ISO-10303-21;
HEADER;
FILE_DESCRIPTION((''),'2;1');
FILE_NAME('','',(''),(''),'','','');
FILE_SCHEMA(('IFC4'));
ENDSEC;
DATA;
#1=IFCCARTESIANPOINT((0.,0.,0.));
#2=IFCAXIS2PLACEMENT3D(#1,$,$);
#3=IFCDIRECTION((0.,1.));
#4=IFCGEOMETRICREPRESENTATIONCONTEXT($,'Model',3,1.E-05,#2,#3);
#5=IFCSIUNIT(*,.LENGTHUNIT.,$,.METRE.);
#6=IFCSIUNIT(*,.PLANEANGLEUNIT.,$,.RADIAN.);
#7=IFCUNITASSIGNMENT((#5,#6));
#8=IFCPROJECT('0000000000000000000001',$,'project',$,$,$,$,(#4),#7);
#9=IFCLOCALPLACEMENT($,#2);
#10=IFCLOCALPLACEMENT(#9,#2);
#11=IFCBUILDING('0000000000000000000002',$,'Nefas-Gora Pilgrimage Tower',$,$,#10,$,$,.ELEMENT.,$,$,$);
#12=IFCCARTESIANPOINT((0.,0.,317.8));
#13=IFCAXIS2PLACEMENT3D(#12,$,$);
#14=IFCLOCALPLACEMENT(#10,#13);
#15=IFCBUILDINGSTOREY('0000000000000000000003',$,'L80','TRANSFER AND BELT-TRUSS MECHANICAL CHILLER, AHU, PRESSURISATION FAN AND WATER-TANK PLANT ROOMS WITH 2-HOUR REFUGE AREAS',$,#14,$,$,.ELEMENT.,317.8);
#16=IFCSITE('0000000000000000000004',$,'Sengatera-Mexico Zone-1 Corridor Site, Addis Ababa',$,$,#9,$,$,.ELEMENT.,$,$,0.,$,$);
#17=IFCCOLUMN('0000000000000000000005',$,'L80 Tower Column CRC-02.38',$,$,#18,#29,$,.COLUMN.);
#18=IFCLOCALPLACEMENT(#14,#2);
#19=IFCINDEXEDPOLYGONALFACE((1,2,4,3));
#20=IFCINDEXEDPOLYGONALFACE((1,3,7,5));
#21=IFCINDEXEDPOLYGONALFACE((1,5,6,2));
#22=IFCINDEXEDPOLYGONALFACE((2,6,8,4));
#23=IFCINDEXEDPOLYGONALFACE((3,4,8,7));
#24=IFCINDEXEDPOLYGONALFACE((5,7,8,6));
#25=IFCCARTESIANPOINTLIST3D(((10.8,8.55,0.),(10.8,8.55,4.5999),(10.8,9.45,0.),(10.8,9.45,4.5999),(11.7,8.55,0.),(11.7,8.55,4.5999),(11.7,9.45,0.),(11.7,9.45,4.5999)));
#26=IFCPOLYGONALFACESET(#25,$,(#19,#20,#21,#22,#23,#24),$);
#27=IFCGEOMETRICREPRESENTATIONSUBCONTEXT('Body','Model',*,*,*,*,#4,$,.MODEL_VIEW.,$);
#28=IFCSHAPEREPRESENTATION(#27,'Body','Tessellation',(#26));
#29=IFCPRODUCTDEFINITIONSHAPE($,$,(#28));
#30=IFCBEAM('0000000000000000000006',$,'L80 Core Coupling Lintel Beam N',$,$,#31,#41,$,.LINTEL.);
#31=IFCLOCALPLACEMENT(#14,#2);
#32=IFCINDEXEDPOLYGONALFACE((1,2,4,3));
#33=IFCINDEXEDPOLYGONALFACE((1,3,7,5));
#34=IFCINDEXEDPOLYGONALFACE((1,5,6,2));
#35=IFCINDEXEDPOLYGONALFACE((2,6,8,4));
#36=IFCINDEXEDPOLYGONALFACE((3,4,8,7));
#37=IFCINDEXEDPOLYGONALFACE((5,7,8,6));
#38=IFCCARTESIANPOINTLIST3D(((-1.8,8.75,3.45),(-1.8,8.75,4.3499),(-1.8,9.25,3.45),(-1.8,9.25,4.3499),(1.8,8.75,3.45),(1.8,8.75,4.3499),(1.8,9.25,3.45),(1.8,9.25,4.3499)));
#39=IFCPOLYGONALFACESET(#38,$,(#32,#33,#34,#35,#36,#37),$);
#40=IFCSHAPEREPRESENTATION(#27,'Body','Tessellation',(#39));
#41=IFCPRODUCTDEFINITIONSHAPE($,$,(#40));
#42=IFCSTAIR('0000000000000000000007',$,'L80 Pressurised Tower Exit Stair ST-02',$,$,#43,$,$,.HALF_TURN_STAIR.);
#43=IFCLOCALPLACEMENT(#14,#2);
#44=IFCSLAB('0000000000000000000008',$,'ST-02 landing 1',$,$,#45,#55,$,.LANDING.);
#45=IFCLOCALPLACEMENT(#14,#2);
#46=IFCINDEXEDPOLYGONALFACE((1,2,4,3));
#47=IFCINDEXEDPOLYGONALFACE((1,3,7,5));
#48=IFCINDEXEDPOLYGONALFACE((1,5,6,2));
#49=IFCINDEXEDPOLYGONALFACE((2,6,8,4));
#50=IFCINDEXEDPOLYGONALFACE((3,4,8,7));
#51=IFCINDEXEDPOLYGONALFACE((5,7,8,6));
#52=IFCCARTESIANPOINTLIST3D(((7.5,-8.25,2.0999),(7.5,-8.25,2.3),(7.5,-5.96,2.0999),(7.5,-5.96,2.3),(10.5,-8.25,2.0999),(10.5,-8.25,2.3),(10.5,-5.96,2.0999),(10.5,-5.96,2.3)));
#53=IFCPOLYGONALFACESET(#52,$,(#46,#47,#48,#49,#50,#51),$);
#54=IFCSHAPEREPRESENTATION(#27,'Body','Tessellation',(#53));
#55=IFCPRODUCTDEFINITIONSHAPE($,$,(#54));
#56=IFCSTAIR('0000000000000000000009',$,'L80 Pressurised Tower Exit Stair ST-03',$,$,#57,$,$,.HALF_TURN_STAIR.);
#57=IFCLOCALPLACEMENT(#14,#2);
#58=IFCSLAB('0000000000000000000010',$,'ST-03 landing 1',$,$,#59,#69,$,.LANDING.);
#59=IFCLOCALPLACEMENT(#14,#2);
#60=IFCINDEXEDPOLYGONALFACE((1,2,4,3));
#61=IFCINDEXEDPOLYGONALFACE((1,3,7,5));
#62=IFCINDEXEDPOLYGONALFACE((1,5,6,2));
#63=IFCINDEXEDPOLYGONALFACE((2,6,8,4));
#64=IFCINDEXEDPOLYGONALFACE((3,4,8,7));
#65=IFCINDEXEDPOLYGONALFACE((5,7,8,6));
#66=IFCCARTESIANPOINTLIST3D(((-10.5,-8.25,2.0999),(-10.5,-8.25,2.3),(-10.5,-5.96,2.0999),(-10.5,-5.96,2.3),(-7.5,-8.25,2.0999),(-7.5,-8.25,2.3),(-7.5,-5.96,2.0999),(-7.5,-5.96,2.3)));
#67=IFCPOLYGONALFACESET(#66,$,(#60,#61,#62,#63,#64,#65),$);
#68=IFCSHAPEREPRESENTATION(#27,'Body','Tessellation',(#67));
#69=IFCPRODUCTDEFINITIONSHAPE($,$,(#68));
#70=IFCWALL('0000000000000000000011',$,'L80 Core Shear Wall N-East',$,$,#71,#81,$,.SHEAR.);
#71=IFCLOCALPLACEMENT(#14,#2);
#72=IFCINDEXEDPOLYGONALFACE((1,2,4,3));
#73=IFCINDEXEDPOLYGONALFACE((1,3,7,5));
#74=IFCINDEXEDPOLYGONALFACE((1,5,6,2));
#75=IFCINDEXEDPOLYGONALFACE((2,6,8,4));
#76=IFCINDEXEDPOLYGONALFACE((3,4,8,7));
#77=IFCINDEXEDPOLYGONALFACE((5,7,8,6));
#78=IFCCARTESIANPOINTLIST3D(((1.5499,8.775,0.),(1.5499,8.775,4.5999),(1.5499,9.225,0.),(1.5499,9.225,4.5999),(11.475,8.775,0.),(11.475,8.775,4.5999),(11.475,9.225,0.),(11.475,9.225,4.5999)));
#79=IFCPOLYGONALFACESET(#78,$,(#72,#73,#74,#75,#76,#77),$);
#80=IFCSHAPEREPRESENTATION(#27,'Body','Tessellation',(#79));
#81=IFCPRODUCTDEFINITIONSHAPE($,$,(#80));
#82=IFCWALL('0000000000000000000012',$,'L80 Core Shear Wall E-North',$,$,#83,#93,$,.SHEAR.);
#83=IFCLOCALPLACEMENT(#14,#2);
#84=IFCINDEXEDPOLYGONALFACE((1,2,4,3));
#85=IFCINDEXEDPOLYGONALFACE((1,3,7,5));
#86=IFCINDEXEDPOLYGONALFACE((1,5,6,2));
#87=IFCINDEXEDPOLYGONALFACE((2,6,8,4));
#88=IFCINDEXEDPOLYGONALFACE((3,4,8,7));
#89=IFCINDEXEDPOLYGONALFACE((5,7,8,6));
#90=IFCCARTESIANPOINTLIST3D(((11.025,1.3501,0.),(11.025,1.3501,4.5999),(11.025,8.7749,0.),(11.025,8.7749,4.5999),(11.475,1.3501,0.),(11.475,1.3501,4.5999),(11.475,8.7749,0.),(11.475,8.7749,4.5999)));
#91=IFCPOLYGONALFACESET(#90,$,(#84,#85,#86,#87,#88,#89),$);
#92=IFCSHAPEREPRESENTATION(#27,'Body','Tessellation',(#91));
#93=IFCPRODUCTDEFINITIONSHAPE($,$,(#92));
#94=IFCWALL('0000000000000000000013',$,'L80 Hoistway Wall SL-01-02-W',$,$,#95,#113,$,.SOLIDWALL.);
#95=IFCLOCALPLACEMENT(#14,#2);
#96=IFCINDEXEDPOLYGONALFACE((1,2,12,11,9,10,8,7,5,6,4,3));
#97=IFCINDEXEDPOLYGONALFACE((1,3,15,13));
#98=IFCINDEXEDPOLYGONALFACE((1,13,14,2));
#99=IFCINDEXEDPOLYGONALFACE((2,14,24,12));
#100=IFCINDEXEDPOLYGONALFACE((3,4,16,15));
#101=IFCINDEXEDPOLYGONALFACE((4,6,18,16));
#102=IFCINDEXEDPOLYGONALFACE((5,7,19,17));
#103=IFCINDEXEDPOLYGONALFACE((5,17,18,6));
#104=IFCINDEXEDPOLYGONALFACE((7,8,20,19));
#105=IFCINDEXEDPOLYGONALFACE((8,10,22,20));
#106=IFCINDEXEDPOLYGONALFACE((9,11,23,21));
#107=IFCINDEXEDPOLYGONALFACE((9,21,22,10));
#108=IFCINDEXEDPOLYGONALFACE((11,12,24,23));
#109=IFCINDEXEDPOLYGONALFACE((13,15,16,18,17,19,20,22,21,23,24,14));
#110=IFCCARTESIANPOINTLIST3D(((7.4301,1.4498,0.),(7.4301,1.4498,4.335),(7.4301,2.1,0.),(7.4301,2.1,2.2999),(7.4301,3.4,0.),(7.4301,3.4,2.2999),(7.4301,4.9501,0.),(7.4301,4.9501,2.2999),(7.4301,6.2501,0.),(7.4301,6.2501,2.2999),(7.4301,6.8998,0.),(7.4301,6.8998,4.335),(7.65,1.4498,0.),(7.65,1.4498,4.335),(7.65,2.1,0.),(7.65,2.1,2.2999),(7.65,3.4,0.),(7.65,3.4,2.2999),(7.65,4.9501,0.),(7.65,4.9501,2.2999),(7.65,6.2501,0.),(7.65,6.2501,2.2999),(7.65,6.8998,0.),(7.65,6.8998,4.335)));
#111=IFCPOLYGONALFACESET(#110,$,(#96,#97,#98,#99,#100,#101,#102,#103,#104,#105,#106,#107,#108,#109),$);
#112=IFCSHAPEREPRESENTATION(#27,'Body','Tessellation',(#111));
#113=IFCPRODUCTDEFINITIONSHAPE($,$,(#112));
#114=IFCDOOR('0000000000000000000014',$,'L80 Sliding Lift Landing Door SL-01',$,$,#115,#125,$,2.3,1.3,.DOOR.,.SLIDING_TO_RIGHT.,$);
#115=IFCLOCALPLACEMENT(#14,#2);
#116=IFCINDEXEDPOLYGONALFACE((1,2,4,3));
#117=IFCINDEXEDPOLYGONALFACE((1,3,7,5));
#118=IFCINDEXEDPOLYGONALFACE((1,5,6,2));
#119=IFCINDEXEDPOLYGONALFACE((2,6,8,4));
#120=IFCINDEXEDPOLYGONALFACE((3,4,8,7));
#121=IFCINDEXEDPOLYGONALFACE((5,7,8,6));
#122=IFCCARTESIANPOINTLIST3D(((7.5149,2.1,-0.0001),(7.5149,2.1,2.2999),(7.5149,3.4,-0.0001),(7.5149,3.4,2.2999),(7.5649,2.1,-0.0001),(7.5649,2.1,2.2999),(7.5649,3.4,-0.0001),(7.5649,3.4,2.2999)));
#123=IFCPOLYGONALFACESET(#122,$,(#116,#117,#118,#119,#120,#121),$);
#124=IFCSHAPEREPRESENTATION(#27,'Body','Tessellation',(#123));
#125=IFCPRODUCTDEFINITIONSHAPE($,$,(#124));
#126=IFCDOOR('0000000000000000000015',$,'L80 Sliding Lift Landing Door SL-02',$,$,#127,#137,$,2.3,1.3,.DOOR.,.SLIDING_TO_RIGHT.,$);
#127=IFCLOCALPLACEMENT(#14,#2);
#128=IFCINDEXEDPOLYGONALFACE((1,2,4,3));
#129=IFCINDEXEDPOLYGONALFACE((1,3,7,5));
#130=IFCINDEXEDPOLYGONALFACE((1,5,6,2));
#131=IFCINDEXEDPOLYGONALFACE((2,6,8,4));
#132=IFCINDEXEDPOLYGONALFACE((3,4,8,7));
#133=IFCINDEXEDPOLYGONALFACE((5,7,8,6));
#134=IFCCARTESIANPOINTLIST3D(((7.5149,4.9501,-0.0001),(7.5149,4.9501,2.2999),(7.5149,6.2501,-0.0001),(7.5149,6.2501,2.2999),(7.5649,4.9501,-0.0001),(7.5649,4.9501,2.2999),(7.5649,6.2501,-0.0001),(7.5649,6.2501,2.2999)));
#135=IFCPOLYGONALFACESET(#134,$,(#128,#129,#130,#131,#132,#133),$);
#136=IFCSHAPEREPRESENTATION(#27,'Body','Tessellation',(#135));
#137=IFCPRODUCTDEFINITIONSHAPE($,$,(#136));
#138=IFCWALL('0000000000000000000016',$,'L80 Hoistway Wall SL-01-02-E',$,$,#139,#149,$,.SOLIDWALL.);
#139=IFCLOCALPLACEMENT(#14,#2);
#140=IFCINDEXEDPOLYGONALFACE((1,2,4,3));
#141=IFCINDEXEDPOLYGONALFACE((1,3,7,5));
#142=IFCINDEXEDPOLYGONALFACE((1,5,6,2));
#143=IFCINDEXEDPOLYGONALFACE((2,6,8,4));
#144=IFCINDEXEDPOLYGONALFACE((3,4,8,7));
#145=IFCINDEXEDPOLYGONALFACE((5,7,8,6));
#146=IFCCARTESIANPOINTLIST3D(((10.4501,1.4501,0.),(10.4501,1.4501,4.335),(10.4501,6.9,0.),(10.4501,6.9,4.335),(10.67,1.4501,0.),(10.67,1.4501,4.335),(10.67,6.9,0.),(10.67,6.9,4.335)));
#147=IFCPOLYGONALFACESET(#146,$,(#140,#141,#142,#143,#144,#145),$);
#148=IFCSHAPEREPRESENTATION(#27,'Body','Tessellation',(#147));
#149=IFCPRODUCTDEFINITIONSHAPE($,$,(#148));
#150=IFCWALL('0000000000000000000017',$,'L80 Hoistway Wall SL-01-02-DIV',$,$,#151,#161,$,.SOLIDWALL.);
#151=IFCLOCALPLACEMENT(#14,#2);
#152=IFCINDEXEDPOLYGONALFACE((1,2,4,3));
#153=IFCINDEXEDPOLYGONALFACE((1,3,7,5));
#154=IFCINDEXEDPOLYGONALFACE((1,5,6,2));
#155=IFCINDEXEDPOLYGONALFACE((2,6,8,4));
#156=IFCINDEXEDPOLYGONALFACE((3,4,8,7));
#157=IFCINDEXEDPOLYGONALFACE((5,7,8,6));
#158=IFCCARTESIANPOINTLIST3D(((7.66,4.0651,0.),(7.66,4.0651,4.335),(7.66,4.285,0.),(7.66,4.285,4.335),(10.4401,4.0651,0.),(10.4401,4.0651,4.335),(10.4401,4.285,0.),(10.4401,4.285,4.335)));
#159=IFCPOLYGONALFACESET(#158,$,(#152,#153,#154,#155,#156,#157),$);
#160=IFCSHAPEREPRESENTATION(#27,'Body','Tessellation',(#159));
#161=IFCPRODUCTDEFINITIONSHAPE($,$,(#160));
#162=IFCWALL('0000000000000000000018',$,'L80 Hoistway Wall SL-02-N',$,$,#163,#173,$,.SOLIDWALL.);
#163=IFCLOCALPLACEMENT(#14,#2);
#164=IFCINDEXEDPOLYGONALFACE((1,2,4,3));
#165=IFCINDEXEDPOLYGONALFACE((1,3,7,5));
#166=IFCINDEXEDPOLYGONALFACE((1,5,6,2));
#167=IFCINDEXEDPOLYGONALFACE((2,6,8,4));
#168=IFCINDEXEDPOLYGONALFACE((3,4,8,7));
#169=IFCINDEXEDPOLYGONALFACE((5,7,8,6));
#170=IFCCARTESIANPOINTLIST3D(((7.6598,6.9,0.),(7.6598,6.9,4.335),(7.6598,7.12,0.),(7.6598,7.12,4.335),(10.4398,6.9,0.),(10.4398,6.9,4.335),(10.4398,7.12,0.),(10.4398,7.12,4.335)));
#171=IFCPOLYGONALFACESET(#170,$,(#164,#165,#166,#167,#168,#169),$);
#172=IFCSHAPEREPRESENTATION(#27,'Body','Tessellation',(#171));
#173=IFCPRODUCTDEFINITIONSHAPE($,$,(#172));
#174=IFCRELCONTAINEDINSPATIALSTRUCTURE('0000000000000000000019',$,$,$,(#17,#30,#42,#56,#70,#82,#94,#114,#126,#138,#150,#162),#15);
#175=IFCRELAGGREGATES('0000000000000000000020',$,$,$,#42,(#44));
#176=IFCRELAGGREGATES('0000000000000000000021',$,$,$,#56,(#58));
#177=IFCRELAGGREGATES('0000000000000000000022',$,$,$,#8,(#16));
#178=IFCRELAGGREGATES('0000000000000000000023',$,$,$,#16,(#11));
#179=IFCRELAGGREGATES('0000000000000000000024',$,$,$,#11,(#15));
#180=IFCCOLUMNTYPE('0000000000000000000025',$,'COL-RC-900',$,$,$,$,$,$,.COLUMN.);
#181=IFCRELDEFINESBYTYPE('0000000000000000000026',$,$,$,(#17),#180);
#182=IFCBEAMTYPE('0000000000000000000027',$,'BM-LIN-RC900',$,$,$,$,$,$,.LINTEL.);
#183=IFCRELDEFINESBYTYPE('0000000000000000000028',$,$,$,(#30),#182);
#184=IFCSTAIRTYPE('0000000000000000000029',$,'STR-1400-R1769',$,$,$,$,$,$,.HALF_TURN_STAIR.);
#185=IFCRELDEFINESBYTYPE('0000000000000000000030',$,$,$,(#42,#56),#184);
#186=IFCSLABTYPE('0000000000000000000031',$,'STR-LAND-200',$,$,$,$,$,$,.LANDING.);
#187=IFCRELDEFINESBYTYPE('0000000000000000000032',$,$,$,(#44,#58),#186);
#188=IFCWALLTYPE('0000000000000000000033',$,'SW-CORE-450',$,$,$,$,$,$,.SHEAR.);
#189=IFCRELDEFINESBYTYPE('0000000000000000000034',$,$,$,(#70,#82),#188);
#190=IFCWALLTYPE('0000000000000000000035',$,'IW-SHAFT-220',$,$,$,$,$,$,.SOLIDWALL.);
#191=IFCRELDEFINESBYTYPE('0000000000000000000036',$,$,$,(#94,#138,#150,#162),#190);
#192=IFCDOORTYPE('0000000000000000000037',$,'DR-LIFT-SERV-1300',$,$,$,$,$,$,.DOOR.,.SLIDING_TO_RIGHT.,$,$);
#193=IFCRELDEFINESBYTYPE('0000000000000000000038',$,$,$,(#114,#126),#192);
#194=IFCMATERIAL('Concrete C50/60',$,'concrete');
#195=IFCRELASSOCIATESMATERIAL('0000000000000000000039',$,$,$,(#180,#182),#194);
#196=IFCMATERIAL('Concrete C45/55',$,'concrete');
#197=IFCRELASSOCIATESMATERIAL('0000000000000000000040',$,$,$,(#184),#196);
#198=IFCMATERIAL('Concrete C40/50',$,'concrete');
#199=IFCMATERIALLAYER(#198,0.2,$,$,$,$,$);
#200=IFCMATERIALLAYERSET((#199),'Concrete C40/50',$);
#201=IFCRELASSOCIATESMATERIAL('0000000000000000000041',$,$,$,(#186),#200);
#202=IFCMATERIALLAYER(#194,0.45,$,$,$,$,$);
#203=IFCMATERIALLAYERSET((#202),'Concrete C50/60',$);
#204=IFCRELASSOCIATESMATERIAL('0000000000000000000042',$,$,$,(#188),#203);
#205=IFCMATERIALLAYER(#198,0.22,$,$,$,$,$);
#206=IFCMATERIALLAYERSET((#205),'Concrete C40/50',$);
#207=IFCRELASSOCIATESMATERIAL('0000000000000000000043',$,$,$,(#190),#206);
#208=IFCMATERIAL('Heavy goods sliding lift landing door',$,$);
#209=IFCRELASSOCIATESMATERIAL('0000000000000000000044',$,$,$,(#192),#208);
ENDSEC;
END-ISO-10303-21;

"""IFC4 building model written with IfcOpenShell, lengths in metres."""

from ifc_helpers import new_model, si_unit, direction, frame, frame_2d, origin, origin_2d, place, context, subcontext, project, spatial, polyline, rectangle, outline, extrude, source, transform, mapped, material, layer, layer_set, material_profile, profile_set, type_object, element, fill, aggregate, save


model = new_model("IFC4")

# Units and contexts
model_context = context("Model", 3, precision=1e-05, world=origin(), true_north=direction((0.0, 1.0)))
body_context = subcontext(model_context, "Body", "Model", "MODEL_VIEW")
ifc_project = project(units=[si_unit("LENGTHUNIT", "METRE"), si_unit("PLANEANGLEUNIT", "RADIAN")], contexts=[model_context])

# Site, building, storey
site_placement = place(None, origin())
site = spatial("IfcSite", under=ifc_project, at=site_placement, Name="Sengatera-Mexico Zone-1 Corridor Site, Addis Ababa", CompositionType="ELEMENT", RefElevation=0.0)
building_placement = place(site_placement, origin())
building = spatial("IfcBuilding", under=site, at=building_placement, Name="Nefas-Gora Pilgrimage Tower", CompositionType="ELEMENT")
storey_placement = place(building_placement, frame((0.0, 0.0, 317.8)))
storey = spatial("IfcBuildingStorey", under=building, at=storey_placement, Name="L80", Description="TRANSFER AND BELT-TRUSS MECHANICAL CHILLER, AHU, PRESSURISATION FAN AND WATER-TANK PLANT ROOMS WITH 2-HOUR REFUGE AREAS", CompositionType="ELEMENT", Elevation=317.8)

# Column
ifc_material_1 = material(Name="Concrete C50/60", Category="concrete")
ifc_material_profile_1 = material_profile(ifc_material_1, rectangle(XDim=0.8999, YDim=0.8999, at=origin_2d()), Name="RC 900x900")
ifc_profile_set_1 = profile_set([ifc_material_profile_1], Name="Concrete C50/60")
column_type = type_object("IfcColumnType", Name="COL-RC-900", PredefinedType="COLUMN", material=ifc_profile_set_1)
shared_shape_1 = source(origin(), body_context, "Body", "SweptSolid", [
    extrude(rectangle(XDim=0.8999, YDim=0.8999, at=origin_2d()), origin(), (0.0, 0.0, 1.0), 4.5999),
])
column_placement = place(storey_placement, frame((11.25, 9.0, 0.0), z_axis=(0.0, 0.0, 1.0), x_axis=(1.0, 0.0, 0.0)))
element("IfcColumn", 1, at=column_placement, inside=storey, type_object=column_type, Name="L80 Tower Column CRC-02.38", PredefinedType="COLUMN", context=body_context, shape_type="MappedRepresentation", body=[
    mapped(shared_shape_1, transform((0.0, 0.0, 0.0), x_axis=(1.0, 0.0, 0.0), y_axis=(0.0, 1.0, 0.0), z_axis=(0.0, 0.0, 1.0), scale=1.0)),
])

# Beam
ifc_material_profile_2 = material_profile(ifc_material_1, rectangle(XDim=0.5, YDim=0.8999, at=origin_2d()), Name="RC 500x900")
ifc_profile_set_2 = profile_set([ifc_material_profile_2], Name="Concrete C50/60")
beam_type = type_object("IfcBeamType", Name="BM-LIN-RC900", PredefinedType="LINTEL", material=ifc_profile_set_2)
shared_shape_2 = source(origin(), body_context, "Body", "SweptSolid", [
    extrude(rectangle(XDim=0.5, YDim=0.8999, at=origin_2d()), origin(), (0.0, 0.0, 1.0), 3.6001),
])
beam_placement = place(storey_placement, frame((-1.8, 9.0, 3.8999), z_axis=(1.0, 0.0, 0.0), x_axis=(0.0, 1.0, 0.0)))
element("IfcBeam", 2, at=beam_placement, inside=storey, type_object=beam_type, Name="L80 Core Coupling Lintel Beam N", PredefinedType="LINTEL", context=body_context, shape_type="MappedRepresentation", body=[
    mapped(shared_shape_2, transform((0.0, 0.0, 0.0), x_axis=(1.0, 0.0, 0.0), y_axis=(0.0, 1.0, 0.0), z_axis=(0.0, 0.0, 1.0), scale=1.0)),
])

# Stairs, slabs
ifc_material_2 = material(Name="Concrete C45/55", Category="concrete")
stair_type = type_object("IfcStairType", Name="STR-1400-R1769", PredefinedType="HALF_TURN_STAIR", material=ifc_material_2)
stair_1_placement = place(storey_placement, origin())
stair_1 = element("IfcStair", 3, at=stair_1_placement, inside=storey, type_object=stair_type, Name="L80 Pressurised Tower Exit Stair ST-02", PredefinedType="HALF_TURN_STAIR")
ifc_material_3 = material(Name="Concrete C40/50", Category="concrete")
ifc_layer_1 = layer(ifc_material_3, 0.2)
ifc_layer_set_1 = layer_set([ifc_layer_1], Name="Concrete C40/50")
slab_type = type_object("IfcSlabType", Name="STR-LAND-200", PredefinedType="LANDING", material=ifc_layer_set_1)
slab_1_placement = place(storey_placement, frame((0.0, 0.0, 2.0999)))
slab_1 = element("IfcSlab", 4, at=slab_1_placement, type_object=slab_type, Name="ST-02 landing 1", PredefinedType="LANDING", context=body_context, shape_type="SweptSolid", body=[
    extrude(outline(polyline([(7.5, -5.96), (7.5, -8.25), (10.5, -8.25), (10.5, -5.96), (7.5, -5.96)])), origin(), (0.0, 0.0, 1.0), 0.2002),
])
aggregate(stair_1, [slab_1])
stair_2_placement = place(storey_placement, origin())
stair_2 = element("IfcStair", 5, at=stair_2_placement, inside=storey, type_object=stair_type, Name="L80 Pressurised Tower Exit Stair ST-03", PredefinedType="HALF_TURN_STAIR")
slab_2_placement = place(storey_placement, frame((0.0, 0.0, 2.0999)))
slab_2 = element("IfcSlab", 6, at=slab_2_placement, type_object=slab_type, Name="ST-03 landing 1", PredefinedType="LANDING", context=body_context, shape_type="SweptSolid", body=[
    extrude(outline(polyline([(-10.5, -5.96), (-10.5, -8.25), (-7.5, -8.25), (-7.5, -5.96), (-10.5, -5.96)])), origin(), (0.0, 0.0, 1.0), 0.2002),
])
aggregate(stair_2, [slab_2])

# Walls
ifc_layer_2 = layer(ifc_material_1, 0.45)
ifc_layer_set_2 = layer_set([ifc_layer_2], Name="Concrete C50/60")
wall_type_1 = type_object("IfcWallType", Name="SW-CORE-450", PredefinedType="SHEAR", material=ifc_layer_set_2)
shared_shape_3 = source(origin(), body_context, "Body", "SweptSolid", [
    extrude(rectangle(XDim=9.925, YDim=0.45, at=frame_2d((4.9624, 0.0))), origin(), (0.0, 0.0, 1.0), 4.5999),
])
wall_1_placement = place(storey_placement, frame((1.55, 9.0, 0.0), z_axis=(0.0, 0.0, 1.0), x_axis=(1.0, 0.0, 0.0)))
element("IfcWall", 7, at=wall_1_placement, inside=storey, type_object=wall_type_1, Name="L80 Core Shear Wall N-East", PredefinedType="SHEAR", context=body_context, shape_type="MappedRepresentation", body=[
    mapped(shared_shape_3, transform((0.0, 0.0, 0.0), x_axis=(1.0, 0.0, 0.0), y_axis=(0.0, 1.0, 0.0), z_axis=(0.0, 0.0, 1.0), scale=1.0)),
])
shared_shape_4 = source(origin(), body_context, "Body", "SweptSolid", [
    extrude(rectangle(XDim=7.4248, YDim=0.45, at=frame_2d((3.7124, 0.0))), origin(), (0.0, 0.0, 1.0), 4.5999),
])
wall_2_placement = place(storey_placement, frame((11.25, 1.3501, 0.0), z_axis=(0.0, 0.0, 1.0), x_axis=(0.0, 1.0, 0.0)))
element("IfcWall", 8, at=wall_2_placement, inside=storey, type_object=wall_type_1, Name="L80 Core Shear Wall E-North", PredefinedType="SHEAR", context=body_context, shape_type="MappedRepresentation", body=[
    mapped(shared_shape_4, transform((0.0, 0.0, 0.0), x_axis=(1.0, 0.0, 0.0), y_axis=(0.0, 1.0, 0.0), z_axis=(0.0, 0.0, 1.0), scale=1.0)),
])

# Wall, openings, doors
ifc_layer_3 = layer(ifc_material_3, 0.22)
ifc_layer_set_3 = layer_set([ifc_layer_3], Name="Concrete C40/50")
wall_type_2 = type_object("IfcWallType", Name="IW-SHAFT-220", PredefinedType="SOLIDWALL", material=ifc_layer_set_3)
shared_shape_5 = source(origin(), body_context, "Body", "SweptSolid", [
    extrude(rectangle(XDim=5.45, YDim=0.22, at=frame_2d((2.7251, 0.0))), origin(), (0.0, 0.0, 1.0), 4.335),
])
wall_3_placement = place(storey_placement, frame((7.54, 6.8999, 0.0), z_axis=(0.0, 0.0, 1.0), x_axis=(0.0, -1.0, 0.0)))
wall_3 = element("IfcWall", 9, at=wall_3_placement, inside=storey, type_object=wall_type_2, Name="L80 Hoistway Wall SL-01-02-W", PredefinedType="SOLIDWALL", context=body_context, shape_type="MappedRepresentation", body=[
    mapped(shared_shape_5, transform((0.0, 0.0, 0.0), x_axis=(1.0, 0.0, 0.0), y_axis=(0.0, 1.0, 0.0), z_axis=(0.0, 0.0, 1.0), scale=1.0)),
])
opening_1_placement = place(wall_3_placement, frame((3.5, 0.0, 0.0)))
opening_1 = element("IfcOpeningElement", 10, at=opening_1_placement, cuts=wall_3, PredefinedType="OPENING", context=body_context, shape_type="SweptSolid", body=[
    extrude(rectangle(XDim=1.3, YDim=2.3, at=frame_2d((0.6499, 1.1499))), frame((0.0, 0.1199, 0.0), z_axis=(0.0, -1.0, 0.0), x_axis=(1.0, 0.0, 0.0)), (0.0, 0.0, 1.0), 0.24),
])
opening_2_placement = place(wall_3_placement, frame((0.6499, 0.0, 0.0)))
opening_2 = element("IfcOpeningElement", 11, at=opening_2_placement, cuts=wall_3, PredefinedType="OPENING", context=body_context, shape_type="SweptSolid", body=[
    extrude(rectangle(XDim=1.3, YDim=2.3, at=frame_2d((0.6499, 1.1499))), frame((0.0, 0.1199, 0.0), z_axis=(0.0, -1.0, 0.0), x_axis=(1.0, 0.0, 0.0)), (0.0, 0.0, 1.0), 0.24),
])
ifc_material_4 = material(Name="Heavy goods sliding lift landing door")
door_type_1 = type_object("IfcDoorType", Name="DR-LIFT-SERV-1300", OperationType="SLIDING_TO_RIGHT", PredefinedType="DOOR", material=ifc_material_4)
shared_shape_6 = source(origin(), body_context, "Body", "SweptSolid", [
    extrude(rectangle(XDim=1.3, YDim=2.3, at=frame_2d((0.6499, 1.1499))), frame((0.0, 0.0249, 0.0), z_axis=(0.0, -1.0, 0.0), x_axis=(1.0, 0.0, 0.0)), (0.0, 0.0, 1.0), 0.05),
])
door_1_placement = place(opening_1_placement, origin())
door_1 = element("IfcDoor", 12, at=door_1_placement, inside=storey, type_object=door_type_1, Name="L80 Sliding Lift Landing Door SL-01", OperationType="SLIDING_TO_RIGHT", OverallHeight=2.3, OverallWidth=1.3, PredefinedType="DOOR", context=body_context, shape_type="MappedRepresentation", body=[
    mapped(shared_shape_6, transform((0.0, 0.0, 0.0), x_axis=(1.0, 0.0, 0.0), y_axis=(0.0, 1.0, 0.0), z_axis=(0.0, 0.0, 1.0), scale=1.0)),
])
fill(opening_1, door_1)
door_2_placement = place(opening_2_placement, origin())
door_2 = element("IfcDoor", 13, at=door_2_placement, inside=storey, type_object=door_type_1, Name="L80 Sliding Lift Landing Door SL-02", OperationType="SLIDING_TO_RIGHT", OverallHeight=2.3, OverallWidth=1.3, PredefinedType="DOOR", context=body_context, shape_type="MappedRepresentation", body=[
    mapped(shared_shape_6, transform((0.0, 0.0, 0.0), x_axis=(1.0, 0.0, 0.0), y_axis=(0.0, 1.0, 0.0), z_axis=(0.0, 0.0, 1.0), scale=1.0)),
])
fill(opening_2, door_2)

# Walls
wall_4_placement = place(storey_placement, frame((10.5601, 1.45, 0.0), z_axis=(0.0, 0.0, 1.0), x_axis=(0.0, 1.0, 0.0)))
element("IfcWall", 14, at=wall_4_placement, inside=storey, type_object=wall_type_2, Name="L80 Hoistway Wall SL-01-02-E", PredefinedType="SOLIDWALL", context=body_context, shape_type="MappedRepresentation", body=[
    mapped(shared_shape_5, transform((0.0, 0.0, 0.0), x_axis=(1.0, 0.0, 0.0), y_axis=(0.0, 1.0, 0.0), z_axis=(0.0, 0.0, 1.0), scale=1.0)),
])
shared_shape_7 = source(origin(), body_context, "Body", "SweptSolid", [
    extrude(rectangle(XDim=2.78, YDim=0.22, at=frame_2d((1.3901, 0.0))), origin(), (0.0, 0.0, 1.0), 4.335),
])
for number, where, z_axis, x_axis, name in (
    (15, (7.6599, 4.175, 0.0), (0.0, 0.0, 1.0), (1.0, 0.0, 0.0), "L80 Hoistway Wall SL-01-02-DIV"),
    (16, (10.4399, 7.01, 0.0), (0.0, 0.0, 1.0), (-1.0, 0.0, 0.0), "L80 Hoistway Wall SL-02-N"),
):
    element("IfcWall", number, at=place(storey_placement, frame(where, z_axis=z_axis, x_axis=x_axis)), inside=storey, type_object=wall_type_2, Name=name, PredefinedType="SOLIDWALL", context=body_context, shape_type="MappedRepresentation", body=[
        mapped(shared_shape_7, transform((0.0, 0.0, 0.0), x_axis=(1.0, 0.0, 0.0), y_axis=(0.0, 1.0, 0.0), z_axis=(0.0, 0.0, 1.0), scale=1.0)),
    ])

save(model, "model.ifc")
